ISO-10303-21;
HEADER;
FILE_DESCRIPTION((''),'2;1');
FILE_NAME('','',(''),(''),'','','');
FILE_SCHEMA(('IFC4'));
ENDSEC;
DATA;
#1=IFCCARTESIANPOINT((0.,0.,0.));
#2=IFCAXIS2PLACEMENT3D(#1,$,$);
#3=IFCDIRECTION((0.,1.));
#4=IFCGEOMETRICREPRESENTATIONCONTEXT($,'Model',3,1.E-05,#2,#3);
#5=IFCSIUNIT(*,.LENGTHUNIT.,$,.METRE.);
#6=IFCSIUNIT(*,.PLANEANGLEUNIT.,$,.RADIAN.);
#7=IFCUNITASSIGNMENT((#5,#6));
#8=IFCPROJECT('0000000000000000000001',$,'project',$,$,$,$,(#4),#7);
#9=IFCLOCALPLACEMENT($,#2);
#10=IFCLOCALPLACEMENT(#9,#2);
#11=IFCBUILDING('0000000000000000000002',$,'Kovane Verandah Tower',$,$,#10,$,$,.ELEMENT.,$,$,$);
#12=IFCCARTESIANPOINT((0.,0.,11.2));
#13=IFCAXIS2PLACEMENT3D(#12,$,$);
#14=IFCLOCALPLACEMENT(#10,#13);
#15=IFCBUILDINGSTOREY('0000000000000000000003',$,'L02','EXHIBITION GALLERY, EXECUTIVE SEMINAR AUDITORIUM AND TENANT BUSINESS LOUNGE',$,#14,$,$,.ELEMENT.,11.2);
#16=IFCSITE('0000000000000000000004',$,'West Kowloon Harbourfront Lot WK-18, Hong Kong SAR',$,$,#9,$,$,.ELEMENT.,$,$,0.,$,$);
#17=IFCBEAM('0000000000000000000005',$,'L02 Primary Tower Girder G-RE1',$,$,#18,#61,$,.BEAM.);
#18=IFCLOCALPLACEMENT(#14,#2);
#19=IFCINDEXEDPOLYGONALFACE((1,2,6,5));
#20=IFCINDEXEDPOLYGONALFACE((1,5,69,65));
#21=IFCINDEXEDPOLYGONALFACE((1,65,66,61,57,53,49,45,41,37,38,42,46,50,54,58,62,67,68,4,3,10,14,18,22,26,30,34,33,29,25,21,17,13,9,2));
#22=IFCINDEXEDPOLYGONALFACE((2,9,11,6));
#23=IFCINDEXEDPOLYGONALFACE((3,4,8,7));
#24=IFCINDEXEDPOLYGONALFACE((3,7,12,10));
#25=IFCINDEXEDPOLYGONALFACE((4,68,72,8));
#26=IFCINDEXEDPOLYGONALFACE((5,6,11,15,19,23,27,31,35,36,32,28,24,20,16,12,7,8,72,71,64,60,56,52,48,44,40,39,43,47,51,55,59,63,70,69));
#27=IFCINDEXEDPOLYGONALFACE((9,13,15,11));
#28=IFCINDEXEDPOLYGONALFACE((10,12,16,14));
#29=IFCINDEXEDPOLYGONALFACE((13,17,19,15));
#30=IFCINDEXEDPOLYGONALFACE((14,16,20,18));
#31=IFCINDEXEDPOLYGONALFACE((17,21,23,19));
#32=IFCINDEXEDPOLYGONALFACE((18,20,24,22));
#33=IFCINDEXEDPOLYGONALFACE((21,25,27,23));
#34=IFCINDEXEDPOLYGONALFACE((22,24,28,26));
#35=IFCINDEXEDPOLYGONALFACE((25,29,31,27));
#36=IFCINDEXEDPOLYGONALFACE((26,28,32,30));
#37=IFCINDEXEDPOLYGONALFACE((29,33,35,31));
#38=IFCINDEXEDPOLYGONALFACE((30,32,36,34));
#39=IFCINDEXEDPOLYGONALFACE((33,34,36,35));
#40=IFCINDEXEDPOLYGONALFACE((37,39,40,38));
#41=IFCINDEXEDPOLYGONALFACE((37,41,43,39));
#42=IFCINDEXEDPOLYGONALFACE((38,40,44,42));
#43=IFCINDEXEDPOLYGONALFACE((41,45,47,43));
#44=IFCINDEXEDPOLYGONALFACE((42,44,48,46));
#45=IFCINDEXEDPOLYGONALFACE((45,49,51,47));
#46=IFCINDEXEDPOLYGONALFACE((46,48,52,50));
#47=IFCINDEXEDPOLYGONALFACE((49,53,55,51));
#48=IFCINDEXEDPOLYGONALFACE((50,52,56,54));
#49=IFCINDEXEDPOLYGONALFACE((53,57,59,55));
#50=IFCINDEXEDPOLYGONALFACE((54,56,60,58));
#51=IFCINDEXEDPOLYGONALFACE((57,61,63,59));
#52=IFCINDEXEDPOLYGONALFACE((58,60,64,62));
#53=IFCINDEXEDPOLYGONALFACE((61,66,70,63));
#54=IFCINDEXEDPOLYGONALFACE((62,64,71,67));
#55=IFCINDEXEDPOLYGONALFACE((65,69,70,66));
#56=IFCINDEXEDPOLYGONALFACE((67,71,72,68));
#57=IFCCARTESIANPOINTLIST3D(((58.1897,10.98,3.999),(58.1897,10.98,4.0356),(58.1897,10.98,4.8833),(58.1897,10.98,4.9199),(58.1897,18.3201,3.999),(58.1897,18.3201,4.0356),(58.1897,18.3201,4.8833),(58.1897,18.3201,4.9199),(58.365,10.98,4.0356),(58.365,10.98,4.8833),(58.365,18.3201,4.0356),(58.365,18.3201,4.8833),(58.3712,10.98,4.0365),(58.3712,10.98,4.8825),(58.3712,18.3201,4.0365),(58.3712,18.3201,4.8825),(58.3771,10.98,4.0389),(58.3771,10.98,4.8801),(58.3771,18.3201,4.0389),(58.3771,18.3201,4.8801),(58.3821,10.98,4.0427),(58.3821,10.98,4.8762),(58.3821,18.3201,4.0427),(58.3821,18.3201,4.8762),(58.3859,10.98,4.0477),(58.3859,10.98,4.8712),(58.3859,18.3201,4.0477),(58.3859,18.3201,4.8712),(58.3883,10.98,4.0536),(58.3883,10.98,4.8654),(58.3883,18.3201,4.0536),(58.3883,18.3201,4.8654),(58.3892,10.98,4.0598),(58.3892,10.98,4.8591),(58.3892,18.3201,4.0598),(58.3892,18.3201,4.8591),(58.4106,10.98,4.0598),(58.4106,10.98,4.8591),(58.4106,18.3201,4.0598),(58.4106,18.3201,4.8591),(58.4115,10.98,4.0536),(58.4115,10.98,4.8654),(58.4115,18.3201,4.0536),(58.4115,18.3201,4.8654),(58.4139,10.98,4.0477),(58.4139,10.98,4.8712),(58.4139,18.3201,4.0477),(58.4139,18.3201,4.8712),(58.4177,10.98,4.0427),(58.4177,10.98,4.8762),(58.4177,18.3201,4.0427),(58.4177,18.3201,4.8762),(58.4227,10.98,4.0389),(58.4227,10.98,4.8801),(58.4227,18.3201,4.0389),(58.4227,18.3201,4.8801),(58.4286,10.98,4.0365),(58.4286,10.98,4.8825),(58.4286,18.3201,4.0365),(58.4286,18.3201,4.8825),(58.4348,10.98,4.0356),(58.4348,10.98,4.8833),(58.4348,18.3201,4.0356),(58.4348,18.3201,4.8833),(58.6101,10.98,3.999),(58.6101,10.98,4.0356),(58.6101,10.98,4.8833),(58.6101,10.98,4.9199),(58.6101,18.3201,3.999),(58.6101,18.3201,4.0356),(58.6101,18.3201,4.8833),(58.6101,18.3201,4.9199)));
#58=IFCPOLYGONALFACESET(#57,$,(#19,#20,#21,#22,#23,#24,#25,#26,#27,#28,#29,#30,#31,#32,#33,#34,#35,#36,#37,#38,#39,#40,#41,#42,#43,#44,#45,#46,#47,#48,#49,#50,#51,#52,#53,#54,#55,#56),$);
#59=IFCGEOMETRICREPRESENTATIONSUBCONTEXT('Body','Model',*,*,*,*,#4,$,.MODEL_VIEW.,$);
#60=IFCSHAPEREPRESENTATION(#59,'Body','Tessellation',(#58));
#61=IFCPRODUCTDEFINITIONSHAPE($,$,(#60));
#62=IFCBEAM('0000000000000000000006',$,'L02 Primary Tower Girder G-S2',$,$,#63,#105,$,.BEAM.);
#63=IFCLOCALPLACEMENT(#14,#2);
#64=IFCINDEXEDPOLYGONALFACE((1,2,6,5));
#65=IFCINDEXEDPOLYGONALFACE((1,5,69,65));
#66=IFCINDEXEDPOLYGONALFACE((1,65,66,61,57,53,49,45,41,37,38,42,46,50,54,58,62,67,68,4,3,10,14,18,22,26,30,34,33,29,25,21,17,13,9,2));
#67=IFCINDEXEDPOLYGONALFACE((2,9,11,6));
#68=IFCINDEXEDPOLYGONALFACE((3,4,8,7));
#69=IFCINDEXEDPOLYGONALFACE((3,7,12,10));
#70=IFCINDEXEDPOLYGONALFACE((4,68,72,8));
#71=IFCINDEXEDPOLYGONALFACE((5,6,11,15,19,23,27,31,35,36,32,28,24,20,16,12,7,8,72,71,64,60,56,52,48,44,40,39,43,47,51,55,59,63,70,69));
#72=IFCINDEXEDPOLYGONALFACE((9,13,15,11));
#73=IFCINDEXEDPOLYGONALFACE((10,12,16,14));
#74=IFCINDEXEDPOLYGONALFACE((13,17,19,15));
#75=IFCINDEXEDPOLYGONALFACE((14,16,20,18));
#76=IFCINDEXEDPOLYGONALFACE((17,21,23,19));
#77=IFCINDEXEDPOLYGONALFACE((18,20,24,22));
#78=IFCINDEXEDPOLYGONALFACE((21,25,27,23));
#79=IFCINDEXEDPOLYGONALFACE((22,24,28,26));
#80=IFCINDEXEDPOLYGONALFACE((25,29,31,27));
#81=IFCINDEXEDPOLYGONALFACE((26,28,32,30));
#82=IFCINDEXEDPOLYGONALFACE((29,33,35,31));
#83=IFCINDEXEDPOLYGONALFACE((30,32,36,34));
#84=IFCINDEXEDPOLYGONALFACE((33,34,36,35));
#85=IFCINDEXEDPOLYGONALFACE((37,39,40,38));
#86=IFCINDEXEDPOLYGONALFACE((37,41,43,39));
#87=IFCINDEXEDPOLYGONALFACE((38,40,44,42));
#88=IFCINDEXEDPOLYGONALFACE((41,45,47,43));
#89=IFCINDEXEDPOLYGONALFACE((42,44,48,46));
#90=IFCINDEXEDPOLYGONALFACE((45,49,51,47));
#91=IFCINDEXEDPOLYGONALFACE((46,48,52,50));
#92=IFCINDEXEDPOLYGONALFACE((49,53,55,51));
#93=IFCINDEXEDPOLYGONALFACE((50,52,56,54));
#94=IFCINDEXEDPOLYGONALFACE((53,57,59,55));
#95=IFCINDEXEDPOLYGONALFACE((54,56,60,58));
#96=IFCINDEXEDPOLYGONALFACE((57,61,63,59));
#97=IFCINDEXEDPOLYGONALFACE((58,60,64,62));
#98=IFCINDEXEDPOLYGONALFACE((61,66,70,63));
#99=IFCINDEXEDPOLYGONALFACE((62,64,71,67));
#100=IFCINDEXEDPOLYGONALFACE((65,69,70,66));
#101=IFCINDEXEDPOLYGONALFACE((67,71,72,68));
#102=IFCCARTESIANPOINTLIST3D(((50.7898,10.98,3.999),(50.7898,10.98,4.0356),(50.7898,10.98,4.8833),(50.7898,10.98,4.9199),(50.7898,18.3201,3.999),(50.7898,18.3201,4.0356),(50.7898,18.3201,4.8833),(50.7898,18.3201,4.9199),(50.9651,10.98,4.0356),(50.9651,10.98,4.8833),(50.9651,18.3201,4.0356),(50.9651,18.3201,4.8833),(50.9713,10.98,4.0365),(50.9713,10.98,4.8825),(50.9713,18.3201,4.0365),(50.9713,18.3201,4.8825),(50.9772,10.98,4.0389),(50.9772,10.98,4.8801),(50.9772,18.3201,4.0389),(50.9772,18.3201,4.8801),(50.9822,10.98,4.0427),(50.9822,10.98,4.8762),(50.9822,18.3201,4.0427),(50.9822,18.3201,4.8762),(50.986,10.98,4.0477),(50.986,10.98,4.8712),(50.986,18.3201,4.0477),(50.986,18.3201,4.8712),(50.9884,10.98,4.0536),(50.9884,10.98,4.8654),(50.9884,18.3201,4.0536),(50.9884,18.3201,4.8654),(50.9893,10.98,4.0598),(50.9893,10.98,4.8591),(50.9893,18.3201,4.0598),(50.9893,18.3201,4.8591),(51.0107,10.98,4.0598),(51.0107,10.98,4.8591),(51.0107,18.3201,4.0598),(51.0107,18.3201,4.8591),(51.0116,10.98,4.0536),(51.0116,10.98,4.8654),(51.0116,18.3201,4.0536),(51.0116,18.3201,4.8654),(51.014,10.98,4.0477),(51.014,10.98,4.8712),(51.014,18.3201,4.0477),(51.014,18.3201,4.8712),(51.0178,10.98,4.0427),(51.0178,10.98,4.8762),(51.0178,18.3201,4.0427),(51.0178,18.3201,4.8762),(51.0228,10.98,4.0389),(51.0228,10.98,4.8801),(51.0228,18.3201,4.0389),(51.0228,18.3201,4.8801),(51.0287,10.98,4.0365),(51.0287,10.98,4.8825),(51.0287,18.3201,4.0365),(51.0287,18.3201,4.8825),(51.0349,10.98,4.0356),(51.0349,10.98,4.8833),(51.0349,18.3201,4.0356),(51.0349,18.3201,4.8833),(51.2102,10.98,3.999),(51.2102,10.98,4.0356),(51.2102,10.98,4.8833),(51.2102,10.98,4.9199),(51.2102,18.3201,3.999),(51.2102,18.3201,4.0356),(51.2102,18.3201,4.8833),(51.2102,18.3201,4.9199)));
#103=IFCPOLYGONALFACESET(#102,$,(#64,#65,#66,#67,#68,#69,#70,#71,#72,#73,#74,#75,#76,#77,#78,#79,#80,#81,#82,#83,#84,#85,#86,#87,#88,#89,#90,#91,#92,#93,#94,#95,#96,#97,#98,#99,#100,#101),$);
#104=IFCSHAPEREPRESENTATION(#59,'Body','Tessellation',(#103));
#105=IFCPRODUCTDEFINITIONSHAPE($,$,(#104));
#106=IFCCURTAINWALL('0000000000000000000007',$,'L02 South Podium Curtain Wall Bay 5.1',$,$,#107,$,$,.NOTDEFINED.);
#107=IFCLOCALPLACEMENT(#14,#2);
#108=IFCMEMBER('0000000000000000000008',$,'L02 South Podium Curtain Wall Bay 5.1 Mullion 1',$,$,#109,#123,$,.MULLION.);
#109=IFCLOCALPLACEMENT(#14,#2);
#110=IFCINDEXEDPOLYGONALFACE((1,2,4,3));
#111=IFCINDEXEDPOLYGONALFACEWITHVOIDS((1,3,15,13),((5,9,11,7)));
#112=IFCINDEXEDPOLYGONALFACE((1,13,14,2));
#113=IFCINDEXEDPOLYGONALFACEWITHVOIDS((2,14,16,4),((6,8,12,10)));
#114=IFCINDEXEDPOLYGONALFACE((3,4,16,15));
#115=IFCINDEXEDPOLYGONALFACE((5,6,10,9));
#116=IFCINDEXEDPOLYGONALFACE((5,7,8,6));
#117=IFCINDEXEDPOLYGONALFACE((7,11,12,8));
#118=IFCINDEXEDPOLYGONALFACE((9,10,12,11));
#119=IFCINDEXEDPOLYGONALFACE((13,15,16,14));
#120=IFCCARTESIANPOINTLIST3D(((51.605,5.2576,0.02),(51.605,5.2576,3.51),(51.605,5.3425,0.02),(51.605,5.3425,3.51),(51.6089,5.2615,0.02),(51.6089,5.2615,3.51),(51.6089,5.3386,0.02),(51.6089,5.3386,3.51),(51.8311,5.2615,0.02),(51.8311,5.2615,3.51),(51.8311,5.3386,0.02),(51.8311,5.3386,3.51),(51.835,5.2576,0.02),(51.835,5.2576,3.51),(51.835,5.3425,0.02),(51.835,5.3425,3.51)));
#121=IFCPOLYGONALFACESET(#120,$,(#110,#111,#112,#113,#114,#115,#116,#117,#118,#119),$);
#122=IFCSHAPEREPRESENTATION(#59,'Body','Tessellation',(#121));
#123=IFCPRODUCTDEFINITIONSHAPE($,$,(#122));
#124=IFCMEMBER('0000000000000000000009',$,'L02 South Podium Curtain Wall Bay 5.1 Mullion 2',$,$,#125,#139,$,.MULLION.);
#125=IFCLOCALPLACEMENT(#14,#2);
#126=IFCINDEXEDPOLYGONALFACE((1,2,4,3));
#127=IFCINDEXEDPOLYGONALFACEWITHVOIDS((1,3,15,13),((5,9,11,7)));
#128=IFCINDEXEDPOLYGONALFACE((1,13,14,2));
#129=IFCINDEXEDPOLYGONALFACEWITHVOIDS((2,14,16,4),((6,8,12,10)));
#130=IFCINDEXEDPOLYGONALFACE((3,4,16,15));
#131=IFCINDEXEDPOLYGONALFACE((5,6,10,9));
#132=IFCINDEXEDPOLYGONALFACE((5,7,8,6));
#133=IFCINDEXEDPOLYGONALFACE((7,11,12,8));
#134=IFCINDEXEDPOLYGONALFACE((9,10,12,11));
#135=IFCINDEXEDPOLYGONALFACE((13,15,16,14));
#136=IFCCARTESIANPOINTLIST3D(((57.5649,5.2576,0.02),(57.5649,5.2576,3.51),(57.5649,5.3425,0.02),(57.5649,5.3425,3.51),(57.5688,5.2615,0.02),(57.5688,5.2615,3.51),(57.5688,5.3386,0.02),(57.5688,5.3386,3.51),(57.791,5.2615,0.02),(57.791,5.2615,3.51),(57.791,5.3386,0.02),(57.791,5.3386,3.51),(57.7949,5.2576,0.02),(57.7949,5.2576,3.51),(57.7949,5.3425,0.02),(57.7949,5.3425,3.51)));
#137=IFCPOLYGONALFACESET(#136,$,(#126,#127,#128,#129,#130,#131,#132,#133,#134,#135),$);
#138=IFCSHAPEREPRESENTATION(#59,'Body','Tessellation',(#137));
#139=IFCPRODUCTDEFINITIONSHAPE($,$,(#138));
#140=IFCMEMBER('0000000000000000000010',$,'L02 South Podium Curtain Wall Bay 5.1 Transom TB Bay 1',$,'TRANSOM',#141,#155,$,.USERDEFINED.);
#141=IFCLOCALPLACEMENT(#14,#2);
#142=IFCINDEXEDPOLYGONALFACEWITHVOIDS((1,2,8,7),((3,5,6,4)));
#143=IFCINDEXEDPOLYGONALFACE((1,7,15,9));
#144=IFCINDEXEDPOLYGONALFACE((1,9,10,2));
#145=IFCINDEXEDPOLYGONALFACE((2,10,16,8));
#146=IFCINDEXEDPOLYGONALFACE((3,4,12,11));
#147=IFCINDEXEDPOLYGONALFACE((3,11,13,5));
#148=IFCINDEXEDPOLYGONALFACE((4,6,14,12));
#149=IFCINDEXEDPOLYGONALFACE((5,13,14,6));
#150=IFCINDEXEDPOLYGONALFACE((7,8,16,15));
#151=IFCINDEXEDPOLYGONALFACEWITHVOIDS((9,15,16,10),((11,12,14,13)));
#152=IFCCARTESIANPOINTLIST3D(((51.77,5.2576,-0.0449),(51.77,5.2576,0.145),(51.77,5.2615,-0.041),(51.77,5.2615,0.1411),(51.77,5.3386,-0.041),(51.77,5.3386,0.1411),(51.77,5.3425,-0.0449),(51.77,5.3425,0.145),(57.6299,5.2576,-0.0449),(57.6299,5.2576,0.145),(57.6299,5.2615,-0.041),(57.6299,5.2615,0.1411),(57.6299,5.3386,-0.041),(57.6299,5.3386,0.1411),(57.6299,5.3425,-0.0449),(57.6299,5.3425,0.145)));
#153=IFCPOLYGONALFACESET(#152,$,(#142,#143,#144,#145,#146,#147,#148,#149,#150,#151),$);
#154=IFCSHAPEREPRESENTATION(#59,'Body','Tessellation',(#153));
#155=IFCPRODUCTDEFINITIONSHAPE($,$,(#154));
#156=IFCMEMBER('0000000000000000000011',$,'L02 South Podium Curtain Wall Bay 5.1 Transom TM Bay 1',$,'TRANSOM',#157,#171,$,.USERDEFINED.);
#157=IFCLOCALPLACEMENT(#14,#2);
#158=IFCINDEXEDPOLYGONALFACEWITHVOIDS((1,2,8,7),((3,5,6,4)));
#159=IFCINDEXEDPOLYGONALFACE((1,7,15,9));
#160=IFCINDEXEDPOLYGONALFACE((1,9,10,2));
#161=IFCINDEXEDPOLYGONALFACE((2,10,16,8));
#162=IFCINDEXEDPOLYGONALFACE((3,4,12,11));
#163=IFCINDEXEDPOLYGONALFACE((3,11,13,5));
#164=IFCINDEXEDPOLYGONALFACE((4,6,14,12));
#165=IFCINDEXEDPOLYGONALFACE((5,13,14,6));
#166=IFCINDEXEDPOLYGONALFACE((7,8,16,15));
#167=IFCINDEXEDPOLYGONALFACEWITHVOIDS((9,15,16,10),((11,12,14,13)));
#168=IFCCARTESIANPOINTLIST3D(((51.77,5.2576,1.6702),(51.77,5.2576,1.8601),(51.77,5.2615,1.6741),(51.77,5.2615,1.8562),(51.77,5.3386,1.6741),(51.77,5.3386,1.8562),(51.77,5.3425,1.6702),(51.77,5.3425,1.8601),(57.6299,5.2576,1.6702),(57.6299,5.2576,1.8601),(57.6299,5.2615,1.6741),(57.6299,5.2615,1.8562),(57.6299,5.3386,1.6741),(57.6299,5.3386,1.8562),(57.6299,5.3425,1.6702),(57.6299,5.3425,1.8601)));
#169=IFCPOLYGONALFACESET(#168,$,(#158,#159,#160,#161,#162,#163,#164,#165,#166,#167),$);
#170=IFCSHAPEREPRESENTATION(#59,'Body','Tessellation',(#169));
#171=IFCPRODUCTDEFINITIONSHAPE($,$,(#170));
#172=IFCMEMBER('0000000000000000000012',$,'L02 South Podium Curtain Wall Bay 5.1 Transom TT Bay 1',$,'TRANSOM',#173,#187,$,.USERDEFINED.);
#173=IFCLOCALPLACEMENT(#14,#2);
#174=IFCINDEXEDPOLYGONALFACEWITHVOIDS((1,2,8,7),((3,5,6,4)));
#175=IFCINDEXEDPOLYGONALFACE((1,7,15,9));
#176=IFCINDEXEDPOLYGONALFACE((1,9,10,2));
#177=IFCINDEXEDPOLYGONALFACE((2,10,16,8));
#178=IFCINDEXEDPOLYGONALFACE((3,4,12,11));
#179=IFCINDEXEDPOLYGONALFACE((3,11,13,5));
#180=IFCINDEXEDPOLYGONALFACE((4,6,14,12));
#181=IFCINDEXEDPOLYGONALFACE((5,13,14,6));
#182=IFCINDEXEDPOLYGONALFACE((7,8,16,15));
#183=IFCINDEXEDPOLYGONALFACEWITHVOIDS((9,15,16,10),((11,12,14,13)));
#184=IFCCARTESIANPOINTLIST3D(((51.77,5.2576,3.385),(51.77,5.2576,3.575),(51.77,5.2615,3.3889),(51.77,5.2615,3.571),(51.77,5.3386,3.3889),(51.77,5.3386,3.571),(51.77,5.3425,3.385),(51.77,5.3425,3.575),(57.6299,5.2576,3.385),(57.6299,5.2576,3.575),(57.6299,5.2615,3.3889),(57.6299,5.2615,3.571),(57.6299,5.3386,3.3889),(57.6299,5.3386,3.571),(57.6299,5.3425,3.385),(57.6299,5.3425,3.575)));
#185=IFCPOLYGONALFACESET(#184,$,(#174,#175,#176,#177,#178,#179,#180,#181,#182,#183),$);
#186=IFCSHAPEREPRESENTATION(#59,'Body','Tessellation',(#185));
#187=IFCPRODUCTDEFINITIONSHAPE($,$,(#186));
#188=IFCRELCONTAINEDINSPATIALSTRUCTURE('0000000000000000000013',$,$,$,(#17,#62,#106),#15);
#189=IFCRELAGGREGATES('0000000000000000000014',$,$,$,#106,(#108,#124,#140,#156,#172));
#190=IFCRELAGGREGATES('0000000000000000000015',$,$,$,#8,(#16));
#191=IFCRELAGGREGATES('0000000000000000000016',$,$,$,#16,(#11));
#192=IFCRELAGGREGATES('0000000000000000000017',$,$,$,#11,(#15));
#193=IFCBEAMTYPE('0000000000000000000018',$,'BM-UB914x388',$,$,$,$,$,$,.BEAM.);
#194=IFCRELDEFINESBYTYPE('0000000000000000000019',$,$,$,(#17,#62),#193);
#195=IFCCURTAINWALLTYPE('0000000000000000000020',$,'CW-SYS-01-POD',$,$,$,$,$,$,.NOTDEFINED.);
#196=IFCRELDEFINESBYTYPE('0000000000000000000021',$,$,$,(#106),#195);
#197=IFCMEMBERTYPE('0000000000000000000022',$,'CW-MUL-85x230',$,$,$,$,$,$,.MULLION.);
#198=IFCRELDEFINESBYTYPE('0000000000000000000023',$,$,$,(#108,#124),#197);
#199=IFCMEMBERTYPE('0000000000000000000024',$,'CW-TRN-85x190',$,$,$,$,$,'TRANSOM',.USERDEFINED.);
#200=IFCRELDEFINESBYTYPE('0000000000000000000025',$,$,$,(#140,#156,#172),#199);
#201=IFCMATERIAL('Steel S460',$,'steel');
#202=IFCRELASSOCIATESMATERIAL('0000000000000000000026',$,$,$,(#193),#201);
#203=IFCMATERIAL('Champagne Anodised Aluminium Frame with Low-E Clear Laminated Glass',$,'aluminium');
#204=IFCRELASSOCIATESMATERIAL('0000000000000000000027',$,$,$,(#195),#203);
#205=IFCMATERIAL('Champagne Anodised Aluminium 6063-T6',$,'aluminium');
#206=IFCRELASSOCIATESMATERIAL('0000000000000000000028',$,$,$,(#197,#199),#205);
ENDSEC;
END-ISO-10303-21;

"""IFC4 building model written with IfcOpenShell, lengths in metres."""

from ifc_helpers import new_model, si_unit, direction, frame, origin, origin_2d, place, context, subcontext, project, spatial, hollow_rectangle, i_section, extrude, material, material_profile, profile_set, type_object, element, aggregate, save


model = new_model("IFC4")

# Units and contexts
model_context = context("Model", 3, precision=1e-05, world=origin(), true_north=direction((0.0, 1.0)))
body_context = subcontext(model_context, "Body", "Model", "MODEL_VIEW")
ifc_project = project(units=[si_unit("LENGTHUNIT", "METRE"), si_unit("PLANEANGLEUNIT", "RADIAN")], contexts=[model_context])

# Site, building, storey
site_placement = place(None, origin())
site = spatial("IfcSite", under=ifc_project, at=site_placement, Name="West Kowloon Harbourfront Lot WK-18, Hong Kong SAR", CompositionType="ELEMENT", RefElevation=0.0)
building_placement = place(site_placement, origin())
building = spatial("IfcBuilding", under=site, at=building_placement, Name="Kovane Verandah Tower", CompositionType="ELEMENT")
storey_placement = place(building_placement, frame((0.0, 0.0, 11.2)))
storey = spatial("IfcBuildingStorey", under=building, at=storey_placement, Name="L02", Description="EXHIBITION GALLERY, EXECUTIVE SEMINAR AUDITORIUM AND TENANT BUSINESS LOUNGE", CompositionType="ELEMENT", Elevation=11.2)

# Shared definitions
ifc_material_1 = material(Name="Steel S460", Category="steel")

# Beams
ifc_material_profile_1 = material_profile(ifc_material_1, i_section(OverallWidth=0.4204, OverallDepth=0.9209, WebThickness=0.0215, FlangeThickness=0.0366, FilletRadius=0.0242, at=origin_2d()), Name="UB914x419x388")
ifc_profile_set_1 = profile_set([ifc_material_profile_1], Name="Steel S460")
beam_type_1 = type_object("IfcBeamType", Name="BM-UB914x388", PredefinedType="BEAM", material=ifc_profile_set_1)
for number, where, z_axis, x_axis, name in (
    (1, (58.3999, 10.98, 4.4595), (0.0, 1.0, 0.0), (-1.0, 0.0, 0.0), "L02 Primary Tower Girder G-RE1"),
    (2, (51.0, 18.3201, 4.4595), (0.0, -1.0, 0.0), (1.0, 0.0, 0.0), "L02 Primary Tower Girder G-S2"),
):
    element("IfcBeam", number, at=place(storey_placement, frame(where, z_axis=z_axis, x_axis=x_axis)), inside=storey, type_object=beam_type_1, Name=name, PredefinedType="BEAM", context=body_context, shape_type="SweptSolid", body=[
        extrude(i_section(OverallWidth=0.4204, OverallDepth=0.9209, WebThickness=0.0215, FlangeThickness=0.0366, FilletRadius=0.0242, at=origin_2d()), origin(), (0.0, 0.0, 1.0), 7.3401),
    ])

# Curtain wall, members
ifc_material_2 = material(Name="Champagne Anodised Aluminium Frame with Low-E Clear Laminated Glass", Category="aluminium")
curtain_wall_type = type_object("IfcCurtainWallType", Name="CW-SYS-01-POD", PredefinedType="NOTDEFINED", material=ifc_material_2)
curtain_wall_placement = place(storey_placement, origin())
curtain_wall = element("IfcCurtainWall", 3, at=curtain_wall_placement, inside=storey, type_object=curtain_wall_type, Name="L02 South Podium Curtain Wall Bay 5.1", PredefinedType="NOTDEFINED")
ifc_material_3 = material(Name="Champagne Anodised Aluminium 6063-T6", Category="aluminium")
ifc_material_profile_2 = material_profile(ifc_material_3, hollow_rectangle(XDim=0.085, YDim=0.23, WallThickness=0.0039, at=origin_2d()), Name="AL85x230x4")
ifc_profile_set_2 = profile_set([ifc_material_profile_2], Name="Champagne Anodised Aluminium 6063-T6")
member_type_1 = type_object("IfcMemberType", Name="CW-MUL-85x230", PredefinedType="MULLION", material=ifc_profile_set_2)
member_1_placement = place(storey_placement, frame((51.72, 5.3, 0.02), z_axis=(0.0, 0.0, 1.0), x_axis=(0.0, -1.0, 0.0)))
member_1 = element("IfcMember", 4, at=member_1_placement, type_object=member_type_1, Name="L02 South Podium Curtain Wall Bay 5.1 Mullion 1", PredefinedType="MULLION", context=body_context, shape_type="SweptSolid", body=[
    extrude(hollow_rectangle(XDim=0.085, YDim=0.23, WallThickness=0.0039, at=origin_2d()), origin(), (0.0, 0.0, 1.0), 3.49),
])
member_2_placement = place(storey_placement, frame((57.6799, 5.3, 0.02), z_axis=(0.0, 0.0, 1.0), x_axis=(0.0, -1.0, 0.0)))
member_2 = element("IfcMember", 5, at=member_2_placement, type_object=member_type_1, Name="L02 South Podium Curtain Wall Bay 5.1 Mullion 2", PredefinedType="MULLION", context=body_context, shape_type="SweptSolid", body=[
    extrude(hollow_rectangle(XDim=0.085, YDim=0.23, WallThickness=0.0039, at=origin_2d()), origin(), (0.0, 0.0, 1.0), 3.49),
])
ifc_material_profile_3 = material_profile(ifc_material_3, hollow_rectangle(XDim=0.085, YDim=0.1899, WallThickness=0.0039, at=origin_2d()), Name="AL85x190x4")
ifc_profile_set_3 = profile_set([ifc_material_profile_3], Name="Champagne Anodised Aluminium 6063-T6")
member_type_2 = type_object("IfcMemberType", Name="CW-TRN-85x190", ElementType="TRANSOM", PredefinedType="USERDEFINED", material=ifc_profile_set_3)
member_3_placement = place(storey_placement, frame((51.77, 5.3, 0.05), z_axis=(1.0, 0.0, 0.0), x_axis=(0.0, 1.0, 0.0)))
member_3 = element("IfcMember", 6, at=member_3_placement, type_object=member_type_2, Name="L02 South Podium Curtain Wall Bay 5.1 Transom TB Bay 1", ObjectType="TRANSOM", PredefinedType="USERDEFINED", context=body_context, shape_type="SweptSolid", body=[
    extrude(hollow_rectangle(XDim=0.085, YDim=0.1899, WallThickness=0.0039, at=origin_2d()), origin(), (0.0, 0.0, 1.0), 5.8599),
])
member_4_placement = place(storey_placement, frame((51.77, 5.3, 1.7651), z_axis=(1.0, 0.0, 0.0), x_axis=(0.0, 1.0, 0.0)))
member_4 = element("IfcMember", 7, at=member_4_placement, type_object=member_type_2, Name="L02 South Podium Curtain Wall Bay 5.1 Transom TM Bay 1", ObjectType="TRANSOM", PredefinedType="USERDEFINED", context=body_context, shape_type="SweptSolid", body=[
    extrude(hollow_rectangle(XDim=0.085, YDim=0.1899, WallThickness=0.0039, at=origin_2d()), origin(), (0.0, 0.0, 1.0), 5.8599),
])
member_5_placement = place(storey_placement, frame((51.77, 5.3, 3.48), z_axis=(1.0, 0.0, 0.0), x_axis=(0.0, 1.0, 0.0)))
member_5 = element("IfcMember", 8, at=member_5_placement, type_object=member_type_2, Name="L02 South Podium Curtain Wall Bay 5.1 Transom TT Bay 1", ObjectType="TRANSOM", PredefinedType="USERDEFINED", context=body_context, shape_type="SweptSolid", body=[
    extrude(hollow_rectangle(XDim=0.085, YDim=0.1899, WallThickness=0.0039, at=origin_2d()), origin(), (0.0, 0.0, 1.0), 5.8599),
])

aggregate(curtain_wall, [member_1, member_2, member_3, member_4, member_5])

save(model, "model.ifc")
